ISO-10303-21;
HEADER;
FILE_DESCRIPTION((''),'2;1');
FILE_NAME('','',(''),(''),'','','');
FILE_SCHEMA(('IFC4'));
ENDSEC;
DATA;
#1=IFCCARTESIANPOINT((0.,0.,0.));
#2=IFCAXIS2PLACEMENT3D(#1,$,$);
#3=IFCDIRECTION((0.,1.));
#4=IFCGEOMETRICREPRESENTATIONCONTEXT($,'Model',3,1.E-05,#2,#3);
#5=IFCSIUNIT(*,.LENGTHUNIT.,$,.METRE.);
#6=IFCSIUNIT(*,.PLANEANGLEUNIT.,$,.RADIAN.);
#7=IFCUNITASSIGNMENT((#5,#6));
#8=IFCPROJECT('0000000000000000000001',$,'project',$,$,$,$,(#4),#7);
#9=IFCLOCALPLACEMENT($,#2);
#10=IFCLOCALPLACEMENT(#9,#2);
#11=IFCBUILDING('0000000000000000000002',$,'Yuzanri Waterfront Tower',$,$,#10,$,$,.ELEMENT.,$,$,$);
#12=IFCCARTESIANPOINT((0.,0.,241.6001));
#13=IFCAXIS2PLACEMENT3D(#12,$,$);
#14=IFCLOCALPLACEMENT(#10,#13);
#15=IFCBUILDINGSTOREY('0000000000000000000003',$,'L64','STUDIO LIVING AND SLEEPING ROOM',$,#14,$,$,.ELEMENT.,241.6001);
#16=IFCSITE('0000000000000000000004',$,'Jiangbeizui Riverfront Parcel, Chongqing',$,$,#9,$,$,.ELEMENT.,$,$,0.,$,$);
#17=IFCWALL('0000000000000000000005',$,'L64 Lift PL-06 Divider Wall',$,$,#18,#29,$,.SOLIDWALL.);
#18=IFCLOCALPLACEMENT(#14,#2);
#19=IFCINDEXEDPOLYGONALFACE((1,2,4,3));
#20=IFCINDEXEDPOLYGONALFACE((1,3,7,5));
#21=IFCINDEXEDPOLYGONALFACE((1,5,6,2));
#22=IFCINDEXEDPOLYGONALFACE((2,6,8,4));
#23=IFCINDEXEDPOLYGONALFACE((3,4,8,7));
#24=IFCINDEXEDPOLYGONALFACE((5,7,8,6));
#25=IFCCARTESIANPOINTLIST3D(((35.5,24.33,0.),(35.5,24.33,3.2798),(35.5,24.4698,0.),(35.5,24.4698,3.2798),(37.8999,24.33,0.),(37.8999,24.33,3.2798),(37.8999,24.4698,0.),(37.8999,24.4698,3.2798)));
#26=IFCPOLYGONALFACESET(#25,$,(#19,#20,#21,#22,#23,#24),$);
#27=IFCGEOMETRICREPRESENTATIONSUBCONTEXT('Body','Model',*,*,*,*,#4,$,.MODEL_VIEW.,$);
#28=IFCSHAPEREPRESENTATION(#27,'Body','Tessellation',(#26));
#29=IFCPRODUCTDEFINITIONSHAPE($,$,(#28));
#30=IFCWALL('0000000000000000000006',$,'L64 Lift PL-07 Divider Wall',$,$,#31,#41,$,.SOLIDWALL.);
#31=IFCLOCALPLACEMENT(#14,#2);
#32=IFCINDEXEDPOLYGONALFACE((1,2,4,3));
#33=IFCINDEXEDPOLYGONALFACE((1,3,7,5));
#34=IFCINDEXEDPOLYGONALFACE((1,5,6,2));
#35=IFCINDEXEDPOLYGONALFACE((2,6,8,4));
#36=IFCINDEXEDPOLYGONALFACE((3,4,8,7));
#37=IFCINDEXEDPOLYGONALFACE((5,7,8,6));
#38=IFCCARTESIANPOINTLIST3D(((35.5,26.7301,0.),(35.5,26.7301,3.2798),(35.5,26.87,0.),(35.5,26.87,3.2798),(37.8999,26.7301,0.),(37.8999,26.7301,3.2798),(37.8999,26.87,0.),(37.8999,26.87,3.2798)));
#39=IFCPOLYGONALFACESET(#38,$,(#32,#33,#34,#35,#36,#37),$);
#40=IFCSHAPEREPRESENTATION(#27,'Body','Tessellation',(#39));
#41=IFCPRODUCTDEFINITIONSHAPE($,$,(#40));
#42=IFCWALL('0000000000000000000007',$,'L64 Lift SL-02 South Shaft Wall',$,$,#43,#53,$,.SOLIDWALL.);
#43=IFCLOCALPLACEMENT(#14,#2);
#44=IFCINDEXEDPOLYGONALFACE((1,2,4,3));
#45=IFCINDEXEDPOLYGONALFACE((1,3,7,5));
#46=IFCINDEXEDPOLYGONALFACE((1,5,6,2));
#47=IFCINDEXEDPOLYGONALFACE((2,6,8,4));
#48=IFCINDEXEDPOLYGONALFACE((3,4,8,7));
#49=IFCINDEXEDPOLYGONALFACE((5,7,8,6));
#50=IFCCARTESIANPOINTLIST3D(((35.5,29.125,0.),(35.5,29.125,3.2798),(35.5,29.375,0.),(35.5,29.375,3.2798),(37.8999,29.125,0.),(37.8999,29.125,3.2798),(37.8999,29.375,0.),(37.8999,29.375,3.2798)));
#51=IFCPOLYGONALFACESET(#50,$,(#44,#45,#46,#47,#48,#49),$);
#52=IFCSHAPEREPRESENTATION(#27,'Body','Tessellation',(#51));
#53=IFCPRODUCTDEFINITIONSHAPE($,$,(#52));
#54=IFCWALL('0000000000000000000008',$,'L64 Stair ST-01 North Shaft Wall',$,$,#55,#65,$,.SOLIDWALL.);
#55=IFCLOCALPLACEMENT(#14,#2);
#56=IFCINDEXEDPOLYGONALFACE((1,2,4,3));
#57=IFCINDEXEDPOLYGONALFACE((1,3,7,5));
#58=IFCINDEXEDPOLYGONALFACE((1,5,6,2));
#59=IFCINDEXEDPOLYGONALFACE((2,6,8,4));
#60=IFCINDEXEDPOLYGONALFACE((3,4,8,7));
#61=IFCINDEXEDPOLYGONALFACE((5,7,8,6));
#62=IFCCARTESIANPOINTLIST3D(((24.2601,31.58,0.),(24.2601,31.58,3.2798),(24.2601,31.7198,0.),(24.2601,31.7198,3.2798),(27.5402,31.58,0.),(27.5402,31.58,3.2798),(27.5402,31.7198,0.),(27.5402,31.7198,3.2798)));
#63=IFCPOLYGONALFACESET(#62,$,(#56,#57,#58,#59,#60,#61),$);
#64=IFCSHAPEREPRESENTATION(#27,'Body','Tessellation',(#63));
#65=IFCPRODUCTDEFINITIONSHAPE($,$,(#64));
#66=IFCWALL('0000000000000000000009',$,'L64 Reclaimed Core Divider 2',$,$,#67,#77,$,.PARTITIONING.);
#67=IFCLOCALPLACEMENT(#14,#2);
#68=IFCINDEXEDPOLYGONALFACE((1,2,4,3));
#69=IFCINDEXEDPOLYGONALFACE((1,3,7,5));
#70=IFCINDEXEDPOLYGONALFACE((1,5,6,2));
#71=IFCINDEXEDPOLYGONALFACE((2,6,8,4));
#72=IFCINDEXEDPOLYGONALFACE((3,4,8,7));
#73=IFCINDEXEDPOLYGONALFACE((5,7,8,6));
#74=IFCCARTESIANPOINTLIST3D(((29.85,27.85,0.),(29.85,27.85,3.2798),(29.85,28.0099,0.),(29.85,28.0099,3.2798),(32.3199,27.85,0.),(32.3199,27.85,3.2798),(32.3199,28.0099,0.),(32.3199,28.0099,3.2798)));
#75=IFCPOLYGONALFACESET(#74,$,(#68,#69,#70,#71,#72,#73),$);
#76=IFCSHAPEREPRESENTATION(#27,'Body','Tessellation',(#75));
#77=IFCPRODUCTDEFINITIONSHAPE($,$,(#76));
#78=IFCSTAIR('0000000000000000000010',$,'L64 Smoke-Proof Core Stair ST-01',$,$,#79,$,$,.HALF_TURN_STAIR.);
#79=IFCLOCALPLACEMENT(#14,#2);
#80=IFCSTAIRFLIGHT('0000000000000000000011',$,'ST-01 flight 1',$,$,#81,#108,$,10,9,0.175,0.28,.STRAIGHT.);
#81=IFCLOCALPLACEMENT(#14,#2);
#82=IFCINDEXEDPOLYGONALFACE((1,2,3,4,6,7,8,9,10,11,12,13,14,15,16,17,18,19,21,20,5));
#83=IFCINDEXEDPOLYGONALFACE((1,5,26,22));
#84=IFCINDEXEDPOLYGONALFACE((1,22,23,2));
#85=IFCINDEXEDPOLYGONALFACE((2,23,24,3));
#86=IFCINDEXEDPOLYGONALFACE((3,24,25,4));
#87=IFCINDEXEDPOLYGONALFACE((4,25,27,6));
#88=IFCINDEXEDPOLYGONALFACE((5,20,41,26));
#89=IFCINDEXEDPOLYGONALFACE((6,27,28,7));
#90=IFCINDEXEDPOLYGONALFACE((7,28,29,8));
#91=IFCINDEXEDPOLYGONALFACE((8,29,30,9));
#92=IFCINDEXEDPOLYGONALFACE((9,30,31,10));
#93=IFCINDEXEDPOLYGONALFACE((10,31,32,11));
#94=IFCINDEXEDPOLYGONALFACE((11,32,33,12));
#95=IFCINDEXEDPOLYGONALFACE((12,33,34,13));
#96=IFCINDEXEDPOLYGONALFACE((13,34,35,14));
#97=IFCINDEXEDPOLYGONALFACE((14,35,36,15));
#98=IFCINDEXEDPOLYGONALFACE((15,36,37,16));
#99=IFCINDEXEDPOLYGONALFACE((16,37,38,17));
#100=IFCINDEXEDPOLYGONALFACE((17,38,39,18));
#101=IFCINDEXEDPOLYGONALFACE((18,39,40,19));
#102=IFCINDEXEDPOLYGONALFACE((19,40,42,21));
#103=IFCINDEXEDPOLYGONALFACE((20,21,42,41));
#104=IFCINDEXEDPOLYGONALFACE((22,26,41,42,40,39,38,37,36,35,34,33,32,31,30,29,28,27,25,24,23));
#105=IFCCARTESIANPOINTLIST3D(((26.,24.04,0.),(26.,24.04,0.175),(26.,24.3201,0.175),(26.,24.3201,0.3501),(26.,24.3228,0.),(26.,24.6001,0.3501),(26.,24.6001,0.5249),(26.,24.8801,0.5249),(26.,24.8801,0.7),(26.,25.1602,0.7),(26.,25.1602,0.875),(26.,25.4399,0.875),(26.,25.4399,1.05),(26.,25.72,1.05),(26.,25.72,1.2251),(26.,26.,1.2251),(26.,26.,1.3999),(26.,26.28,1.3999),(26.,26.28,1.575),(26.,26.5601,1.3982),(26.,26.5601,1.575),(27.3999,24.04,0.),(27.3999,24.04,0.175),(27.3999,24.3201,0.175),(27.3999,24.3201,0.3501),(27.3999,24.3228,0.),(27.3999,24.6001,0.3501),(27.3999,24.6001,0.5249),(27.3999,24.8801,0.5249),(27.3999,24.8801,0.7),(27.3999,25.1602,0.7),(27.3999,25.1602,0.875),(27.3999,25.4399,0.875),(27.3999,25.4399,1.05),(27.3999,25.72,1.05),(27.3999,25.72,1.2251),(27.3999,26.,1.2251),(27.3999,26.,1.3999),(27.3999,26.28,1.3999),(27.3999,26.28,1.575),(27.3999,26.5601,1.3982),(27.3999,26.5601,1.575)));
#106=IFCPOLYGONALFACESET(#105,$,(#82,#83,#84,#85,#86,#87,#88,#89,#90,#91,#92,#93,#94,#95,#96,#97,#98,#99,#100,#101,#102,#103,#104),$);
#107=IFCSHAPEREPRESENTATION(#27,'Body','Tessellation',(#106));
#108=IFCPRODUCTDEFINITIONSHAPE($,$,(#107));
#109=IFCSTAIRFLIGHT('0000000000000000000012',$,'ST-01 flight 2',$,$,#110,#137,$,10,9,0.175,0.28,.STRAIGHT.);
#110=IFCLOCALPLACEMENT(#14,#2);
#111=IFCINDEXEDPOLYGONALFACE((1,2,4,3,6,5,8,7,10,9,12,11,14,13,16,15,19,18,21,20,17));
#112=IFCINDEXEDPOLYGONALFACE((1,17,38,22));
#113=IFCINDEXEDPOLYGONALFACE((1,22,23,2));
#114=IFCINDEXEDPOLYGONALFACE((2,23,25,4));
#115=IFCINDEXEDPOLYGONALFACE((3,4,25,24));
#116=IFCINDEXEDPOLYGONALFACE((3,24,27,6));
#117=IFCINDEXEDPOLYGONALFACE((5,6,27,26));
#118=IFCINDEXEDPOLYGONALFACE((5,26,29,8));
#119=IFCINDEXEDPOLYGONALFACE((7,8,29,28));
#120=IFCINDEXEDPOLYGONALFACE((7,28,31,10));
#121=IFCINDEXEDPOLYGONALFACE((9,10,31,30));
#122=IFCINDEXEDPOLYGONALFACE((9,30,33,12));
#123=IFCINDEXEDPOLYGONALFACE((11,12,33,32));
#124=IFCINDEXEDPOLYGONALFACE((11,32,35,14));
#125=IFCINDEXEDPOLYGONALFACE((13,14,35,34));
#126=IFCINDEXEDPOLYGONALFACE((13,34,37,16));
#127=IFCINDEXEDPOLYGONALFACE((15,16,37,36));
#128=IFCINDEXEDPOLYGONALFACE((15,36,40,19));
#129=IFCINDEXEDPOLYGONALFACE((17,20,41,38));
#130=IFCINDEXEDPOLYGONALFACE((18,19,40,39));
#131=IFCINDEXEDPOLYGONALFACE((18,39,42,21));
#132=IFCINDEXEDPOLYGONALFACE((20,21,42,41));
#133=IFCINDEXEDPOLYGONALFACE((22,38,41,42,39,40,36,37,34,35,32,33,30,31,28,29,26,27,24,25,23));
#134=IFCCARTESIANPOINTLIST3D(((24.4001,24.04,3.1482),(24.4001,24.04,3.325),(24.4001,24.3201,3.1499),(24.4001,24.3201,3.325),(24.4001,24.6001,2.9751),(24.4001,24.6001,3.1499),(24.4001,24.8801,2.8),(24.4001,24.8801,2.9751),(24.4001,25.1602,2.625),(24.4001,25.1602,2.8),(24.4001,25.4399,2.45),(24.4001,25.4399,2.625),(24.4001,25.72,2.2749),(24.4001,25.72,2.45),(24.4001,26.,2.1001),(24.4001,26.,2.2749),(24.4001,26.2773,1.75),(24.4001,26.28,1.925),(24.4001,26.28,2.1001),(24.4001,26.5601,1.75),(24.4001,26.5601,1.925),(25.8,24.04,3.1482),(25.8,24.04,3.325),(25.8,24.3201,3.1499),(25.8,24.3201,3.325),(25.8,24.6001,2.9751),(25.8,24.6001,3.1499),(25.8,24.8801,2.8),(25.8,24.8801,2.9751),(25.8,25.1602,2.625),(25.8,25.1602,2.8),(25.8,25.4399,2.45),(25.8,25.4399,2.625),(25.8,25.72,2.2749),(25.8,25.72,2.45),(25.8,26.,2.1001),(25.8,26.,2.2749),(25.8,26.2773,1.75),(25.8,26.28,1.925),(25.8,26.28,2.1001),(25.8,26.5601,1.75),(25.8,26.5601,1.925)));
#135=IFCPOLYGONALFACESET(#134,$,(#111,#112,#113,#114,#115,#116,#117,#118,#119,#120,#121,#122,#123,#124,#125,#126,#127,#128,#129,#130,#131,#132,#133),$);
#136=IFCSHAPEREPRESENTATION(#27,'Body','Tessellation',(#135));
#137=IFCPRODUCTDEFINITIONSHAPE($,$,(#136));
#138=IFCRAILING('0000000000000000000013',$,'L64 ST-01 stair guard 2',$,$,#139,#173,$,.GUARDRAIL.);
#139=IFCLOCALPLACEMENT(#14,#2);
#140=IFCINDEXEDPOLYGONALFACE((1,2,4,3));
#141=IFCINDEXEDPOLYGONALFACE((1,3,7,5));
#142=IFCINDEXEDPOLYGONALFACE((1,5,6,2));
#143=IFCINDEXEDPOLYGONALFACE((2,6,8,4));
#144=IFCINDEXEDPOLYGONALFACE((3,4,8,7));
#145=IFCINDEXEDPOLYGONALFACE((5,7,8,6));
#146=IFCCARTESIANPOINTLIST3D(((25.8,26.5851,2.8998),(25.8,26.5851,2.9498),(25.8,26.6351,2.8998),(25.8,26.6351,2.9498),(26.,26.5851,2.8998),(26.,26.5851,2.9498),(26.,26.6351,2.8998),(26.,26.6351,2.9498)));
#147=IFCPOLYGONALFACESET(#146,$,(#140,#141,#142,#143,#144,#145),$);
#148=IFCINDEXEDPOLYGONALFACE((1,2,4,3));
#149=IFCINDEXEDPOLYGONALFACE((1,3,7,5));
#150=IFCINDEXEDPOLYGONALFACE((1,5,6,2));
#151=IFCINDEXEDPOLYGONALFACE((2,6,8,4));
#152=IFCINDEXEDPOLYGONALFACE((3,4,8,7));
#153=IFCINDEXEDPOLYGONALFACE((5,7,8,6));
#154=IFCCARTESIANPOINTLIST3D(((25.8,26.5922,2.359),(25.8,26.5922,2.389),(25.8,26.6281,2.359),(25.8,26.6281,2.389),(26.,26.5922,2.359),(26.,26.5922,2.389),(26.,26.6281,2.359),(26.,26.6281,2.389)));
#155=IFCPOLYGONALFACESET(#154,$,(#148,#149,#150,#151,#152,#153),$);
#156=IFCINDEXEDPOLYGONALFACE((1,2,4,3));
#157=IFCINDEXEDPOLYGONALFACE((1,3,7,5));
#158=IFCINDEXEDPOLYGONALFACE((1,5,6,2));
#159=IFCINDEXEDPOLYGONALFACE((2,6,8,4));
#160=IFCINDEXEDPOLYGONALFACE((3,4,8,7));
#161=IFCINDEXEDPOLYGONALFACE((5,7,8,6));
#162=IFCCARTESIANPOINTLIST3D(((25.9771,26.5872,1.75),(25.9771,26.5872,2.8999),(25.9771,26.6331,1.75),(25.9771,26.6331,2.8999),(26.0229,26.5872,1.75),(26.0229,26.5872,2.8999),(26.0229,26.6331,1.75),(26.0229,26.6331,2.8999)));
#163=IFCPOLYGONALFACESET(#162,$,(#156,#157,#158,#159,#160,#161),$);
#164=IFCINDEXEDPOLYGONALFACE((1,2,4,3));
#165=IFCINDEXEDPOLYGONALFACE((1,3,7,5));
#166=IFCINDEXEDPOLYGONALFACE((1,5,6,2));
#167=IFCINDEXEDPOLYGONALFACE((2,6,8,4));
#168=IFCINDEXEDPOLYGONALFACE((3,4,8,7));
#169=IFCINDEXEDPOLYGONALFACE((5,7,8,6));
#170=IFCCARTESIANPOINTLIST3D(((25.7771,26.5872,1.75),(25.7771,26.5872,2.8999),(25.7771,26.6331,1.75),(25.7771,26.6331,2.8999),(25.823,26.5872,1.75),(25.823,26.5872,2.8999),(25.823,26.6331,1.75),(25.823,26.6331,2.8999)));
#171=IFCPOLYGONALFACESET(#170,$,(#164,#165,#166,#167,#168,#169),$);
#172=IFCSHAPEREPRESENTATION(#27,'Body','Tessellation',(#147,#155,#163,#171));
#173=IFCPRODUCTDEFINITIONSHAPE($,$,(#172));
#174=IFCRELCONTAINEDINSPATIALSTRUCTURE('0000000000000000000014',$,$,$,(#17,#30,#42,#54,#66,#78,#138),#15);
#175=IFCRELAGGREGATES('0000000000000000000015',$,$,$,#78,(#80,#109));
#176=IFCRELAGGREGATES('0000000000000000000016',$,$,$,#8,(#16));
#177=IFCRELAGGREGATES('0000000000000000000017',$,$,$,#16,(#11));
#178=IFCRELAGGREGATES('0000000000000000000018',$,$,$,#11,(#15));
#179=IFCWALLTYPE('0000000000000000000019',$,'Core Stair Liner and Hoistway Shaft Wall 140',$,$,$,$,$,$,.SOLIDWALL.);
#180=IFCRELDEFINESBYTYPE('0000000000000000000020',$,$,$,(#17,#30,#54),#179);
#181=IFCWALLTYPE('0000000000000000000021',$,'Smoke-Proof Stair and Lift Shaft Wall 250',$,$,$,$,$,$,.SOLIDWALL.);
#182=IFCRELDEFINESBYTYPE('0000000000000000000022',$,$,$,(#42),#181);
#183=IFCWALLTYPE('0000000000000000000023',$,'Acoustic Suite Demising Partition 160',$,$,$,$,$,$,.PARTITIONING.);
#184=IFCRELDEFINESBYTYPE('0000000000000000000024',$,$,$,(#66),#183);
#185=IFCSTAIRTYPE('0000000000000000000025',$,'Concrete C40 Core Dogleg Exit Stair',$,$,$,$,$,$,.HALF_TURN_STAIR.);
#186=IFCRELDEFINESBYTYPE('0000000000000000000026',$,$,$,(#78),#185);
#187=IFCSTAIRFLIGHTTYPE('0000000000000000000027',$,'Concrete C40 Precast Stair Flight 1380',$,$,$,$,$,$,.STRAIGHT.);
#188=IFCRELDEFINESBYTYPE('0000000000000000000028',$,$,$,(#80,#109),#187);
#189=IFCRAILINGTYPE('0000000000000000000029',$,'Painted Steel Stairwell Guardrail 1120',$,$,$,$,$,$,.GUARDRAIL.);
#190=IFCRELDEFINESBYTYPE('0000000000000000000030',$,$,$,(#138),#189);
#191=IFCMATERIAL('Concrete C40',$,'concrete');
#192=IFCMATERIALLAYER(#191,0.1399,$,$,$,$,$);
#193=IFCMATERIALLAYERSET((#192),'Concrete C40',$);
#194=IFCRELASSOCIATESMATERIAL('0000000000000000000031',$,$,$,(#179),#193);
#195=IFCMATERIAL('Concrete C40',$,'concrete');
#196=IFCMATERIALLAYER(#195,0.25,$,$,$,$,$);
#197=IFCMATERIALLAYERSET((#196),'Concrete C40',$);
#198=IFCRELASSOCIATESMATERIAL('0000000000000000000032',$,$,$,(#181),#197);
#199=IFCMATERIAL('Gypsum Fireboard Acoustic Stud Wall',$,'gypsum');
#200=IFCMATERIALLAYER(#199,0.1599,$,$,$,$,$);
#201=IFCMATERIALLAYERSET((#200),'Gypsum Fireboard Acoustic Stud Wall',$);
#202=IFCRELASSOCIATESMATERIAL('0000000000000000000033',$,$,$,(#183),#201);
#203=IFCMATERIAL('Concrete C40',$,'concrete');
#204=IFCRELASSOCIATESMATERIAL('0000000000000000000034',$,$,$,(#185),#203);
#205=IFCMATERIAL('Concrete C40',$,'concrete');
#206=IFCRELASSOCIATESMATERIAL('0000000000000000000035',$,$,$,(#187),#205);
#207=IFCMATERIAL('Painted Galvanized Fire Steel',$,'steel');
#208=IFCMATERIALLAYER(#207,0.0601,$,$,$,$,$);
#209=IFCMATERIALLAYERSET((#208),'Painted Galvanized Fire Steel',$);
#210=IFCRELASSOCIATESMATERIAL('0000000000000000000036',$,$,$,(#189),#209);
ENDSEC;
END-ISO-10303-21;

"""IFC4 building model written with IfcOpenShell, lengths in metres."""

from ifc_helpers import new_model, si_unit, direction, frame, frame_2d, origin, origin_2d, place, context, subcontext, project, spatial, polyline, rectangle, outline, extrude, source, transform, mapped, material, layer, layer_set, type_object, element, aggregate, save


model = new_model("IFC4")

# Units and contexts
model_context = context("Model", 3, precision=1e-05, world=origin(), true_north=direction((0.0, 1.0)))
body_context = subcontext(model_context, "Body", "Model", "MODEL_VIEW")
ifc_project = project(units=[si_unit("LENGTHUNIT", "METRE"), si_unit("PLANEANGLEUNIT", "RADIAN")], contexts=[model_context])

# Site, building, storey
site_placement = place(None, origin())
site = spatial("IfcSite", under=ifc_project, at=site_placement, Name="Jiangbeizui Riverfront Parcel, Chongqing", CompositionType="ELEMENT", RefElevation=0.0)
building_placement = place(site_placement, origin())
building = spatial("IfcBuilding", under=site, at=building_placement, Name="Yuzanri Waterfront Tower", CompositionType="ELEMENT")
storey_placement = place(building_placement, frame((0.0, 0.0, 241.6001)))
storey = spatial("IfcBuildingStorey", under=building, at=storey_placement, Name="L64", Description="STUDIO LIVING AND SLEEPING ROOM", CompositionType="ELEMENT", Elevation=241.6001)

# Shared definitions
ifc_material_1 = material(Name="Concrete C40", Category="concrete")
ifc_layer_1 = layer(ifc_material_1, 0.1399)
ifc_layer_set_1 = layer_set([ifc_layer_1], Name="Concrete C40")
wall_type_1 = type_object("IfcWallType", Name="Core Stair Liner and Hoistway Shaft Wall 140", PredefinedType="SOLIDWALL", material=ifc_layer_set_1)

# Walls
shared_shape_1 = source(origin(), body_context, "Body", "SweptSolid", [
    extrude(rectangle(XDim=2.3999, YDim=0.1399, at=frame_2d((1.2, 0.0))), origin(), (0.0, 0.0, 1.0), 3.2798),
])
for number, where, z_axis, x_axis, name in (
    (1, (35.5, 24.3999, 0.0), (0.0, 0.0, 1.0), (1.0, 0.0, 0.0), "L64 Lift PL-06 Divider Wall"),
    (2, (35.5, 26.8, 0.0), (0.0, 0.0, 1.0), (1.0, 0.0, 0.0), "L64 Lift PL-07 Divider Wall"),
):
    element("IfcWall", number, at=place(storey_placement, frame(where, z_axis=z_axis, x_axis=x_axis)), inside=storey, type_object=wall_type_1, Name=name, PredefinedType="SOLIDWALL", context=body_context, shape_type="MappedRepresentation", body=[
        mapped(shared_shape_1, transform((0.0, 0.0, 0.0), scale=1.0)),
    ])
ifc_material_2 = material(Name="Concrete C40", Category="concrete")
ifc_layer_2 = layer(ifc_material_2, 0.25)
ifc_layer_set_2 = layer_set([ifc_layer_2], Name="Concrete C40")
wall_type_2 = type_object("IfcWallType", Name="Smoke-Proof Stair and Lift Shaft Wall 250", PredefinedType="SOLIDWALL", material=ifc_layer_set_2)
shared_shape_2 = source(origin(), body_context, "Body", "SweptSolid", [
    extrude(rectangle(XDim=2.3999, YDim=0.25, at=frame_2d((1.2, 0.0))), origin(), (0.0, 0.0, 1.0), 3.2798),
])
wall_1_placement = place(storey_placement, frame((35.5, 29.25, 0.0), z_axis=(0.0, 0.0, 1.0), x_axis=(1.0, 0.0, 0.0)))
element("IfcWall", 3, at=wall_1_placement, inside=storey, type_object=wall_type_2, Name="L64 Lift SL-02 South Shaft Wall", PredefinedType="SOLIDWALL", context=body_context, shape_type="MappedRepresentation", body=[
    mapped(shared_shape_2, transform((0.0, 0.0, 0.0), scale=1.0)),
])
shared_shape_3 = source(origin(), body_context, "Body", "SweptSolid", [
    extrude(rectangle(XDim=3.28, YDim=0.1399, at=frame_2d((1.6401, 0.0))), origin(), (0.0, 0.0, 1.0), 3.2798),
])
wall_2_placement = place(storey_placement, frame((24.26, 31.6499, 0.0), z_axis=(0.0, 0.0, 1.0), x_axis=(1.0, 0.0, 0.0)))
element("IfcWall", 4, at=wall_2_placement, inside=storey, type_object=wall_type_1, Name="L64 Stair ST-01 North Shaft Wall", PredefinedType="SOLIDWALL", context=body_context, shape_type="MappedRepresentation", body=[
    mapped(shared_shape_3, transform((0.0, 0.0, 0.0), scale=1.0)),
])
ifc_material_3 = material(Name="Gypsum Fireboard Acoustic Stud Wall", Category="gypsum")
ifc_layer_3 = layer(ifc_material_3, 0.1599)
ifc_layer_set_3 = layer_set([ifc_layer_3], Name="Gypsum Fireboard Acoustic Stud Wall")
wall_type_3 = type_object("IfcWallType", Name="Acoustic Suite Demising Partition 160", PredefinedType="PARTITIONING", material=ifc_layer_set_3)
shared_shape_4 = source(origin(), body_context, "Body", "SweptSolid", [
    extrude(rectangle(XDim=2.47, YDim=0.1599, at=frame_2d((1.2349, 0.0))), origin(), (0.0, 0.0, 1.0), 3.2798),
])
wall_3_placement = place(storey_placement, frame((29.8501, 27.9299, 0.0), z_axis=(0.0, 0.0, 1.0), x_axis=(1.0, 0.0, 0.0)))
element("IfcWall", 5, at=wall_3_placement, inside=storey, type_object=wall_type_3, Name="L64 Reclaimed Core Divider 2", PredefinedType="PARTITIONING", context=body_context, shape_type="MappedRepresentation", body=[
    mapped(shared_shape_4, transform((0.0, 0.0, 0.0), scale=1.0)),
])

# Stair, stair flights
ifc_material_4 = material(Name="Concrete C40", Category="concrete")
stair_type = type_object("IfcStairType", Name="Concrete C40 Core Dogleg Exit Stair", PredefinedType="HALF_TURN_STAIR", material=ifc_material_4)
stair_placement = place(storey_placement, origin())
stair = element("IfcStair", 6, at=stair_placement, inside=storey, type_object=stair_type, Name="L64 Smoke-Proof Core Stair ST-01", PredefinedType="HALF_TURN_STAIR")
ifc_material_5 = material(Name="Concrete C40", Category="concrete")
stair_flight_type = type_object("IfcStairFlightType", Name="Concrete C40 Precast Stair Flight 1380", PredefinedType="STRAIGHT", material=ifc_material_5)
shared_shape_5 = source(origin(), body_context, "Body", "SweptSolid", [
    extrude(outline(polyline([(0.0, 0.0), (0.0, 0.175), (0.28, 0.175), (0.28, 0.3501), (0.5601, 0.3501), (0.5601, 0.5249), (0.8401, 0.5249), (0.8401, 0.7), (1.1201, 0.7), (1.1201, 0.875), (1.3999, 0.875), (1.3999, 1.05), (1.6799, 1.05), (1.6799, 1.2251), (1.96, 1.2251), (1.96, 1.3999), (2.24, 1.3999), (2.24, 1.575), (2.52, 1.575), (2.52, 1.75), (2.52, 1.3982), (0.2827, 0.0), (0.0, 0.0)])), frame((0.0, 0.7, 0.0), z_axis=(0.0, -1.0, 0.0), x_axis=(1.0, 0.0, 0.0)), (0.0, 0.0, 1.0), 1.3999),
])
stair_flight_1_placement = place(storey_placement, frame((26.7, 24.04, 0.0), z_axis=(0.0, 0.0, 1.0), x_axis=(0.0, 1.0, 0.0)))
stair_flight_1 = element("IfcStairFlight", 7, at=stair_flight_1_placement, type_object=stair_flight_type, Name="ST-01 flight 1", NumberOfRisers=10, NumberOfTreads=9, PredefinedType="STRAIGHT", RiserHeight=0.175, TreadLength=0.28, context=body_context, shape_type="MappedRepresentation", body=[
    mapped(shared_shape_5, transform((0.0, 0.0, 0.0), scale=1.0)),
])
stair_flight_2_placement = place(storey_placement, frame((25.1001, 26.5601, 1.75), z_axis=(0.0, 0.0, 1.0), x_axis=(0.0, -1.0, 0.0)))
stair_flight_2 = element("IfcStairFlight", 8, at=stair_flight_2_placement, type_object=stair_flight_type, Name="ST-01 flight 2", NumberOfRisers=10, NumberOfTreads=9, PredefinedType="STRAIGHT", RiserHeight=0.175, TreadLength=0.28, context=body_context, shape_type="MappedRepresentation", body=[
    mapped(shared_shape_5, transform((0.0, 0.0, 0.0), scale=1.0)),
])
aggregate(stair, [stair_flight_1, stair_flight_2])

# Railing
ifc_material_6 = material(Name="Painted Galvanized Fire Steel", Category="steel")
ifc_layer_4 = layer(ifc_material_6, 0.0601)
ifc_layer_set_4 = layer_set([ifc_layer_4], Name="Painted Galvanized Fire Steel")
railing_type_1 = type_object("IfcRailingType", Name="Painted Steel Stairwell Guardrail 1120", PredefinedType="GUARDRAIL", material=ifc_layer_set_4)
shared_shape_6 = source(origin(), body_context, "Body", "SweptSolid", [
    extrude(rectangle(XDim=0.05, YDim=0.05, at=origin_2d()), frame((0.0, 0.0, 1.1748), z_axis=(-1.0, 0.0, 0.0), x_axis=(0.0, -1.0, 0.0)), (0.0, 0.0, 1.0), 0.2),
    extrude(rectangle(XDim=0.0359, YDim=0.03, at=origin_2d()), frame((0.0, 0.0, 0.624), z_axis=(-1.0, 0.0, 0.0), x_axis=(0.0, -1.0, 0.0)), (0.0, 0.0, 1.0), 0.2),
    extrude(rectangle(XDim=0.0459, YDim=0.0459, at=origin_2d()), origin(), (0.0, 0.0, 1.0), 1.1499),
    extrude(rectangle(XDim=0.0459, YDim=0.0459, at=origin_2d()), frame((-0.2, 0.0, 0.0)), (0.0, 0.0, 1.0), 1.1499),
])
railing_1_placement = place(storey_placement, frame((26.0, 26.6101, 1.75)))
element("IfcRailing", 9, at=railing_1_placement, inside=storey, type_object=railing_type_1, Name="L64 ST-01 stair guard 2", PredefinedType="GUARDRAIL", context=body_context, shape_type="MappedRepresentation", body=[
    mapped(shared_shape_6, transform((0.0, 0.0, 0.0), scale=1.0)),
])

save(model, "model.ifc")
